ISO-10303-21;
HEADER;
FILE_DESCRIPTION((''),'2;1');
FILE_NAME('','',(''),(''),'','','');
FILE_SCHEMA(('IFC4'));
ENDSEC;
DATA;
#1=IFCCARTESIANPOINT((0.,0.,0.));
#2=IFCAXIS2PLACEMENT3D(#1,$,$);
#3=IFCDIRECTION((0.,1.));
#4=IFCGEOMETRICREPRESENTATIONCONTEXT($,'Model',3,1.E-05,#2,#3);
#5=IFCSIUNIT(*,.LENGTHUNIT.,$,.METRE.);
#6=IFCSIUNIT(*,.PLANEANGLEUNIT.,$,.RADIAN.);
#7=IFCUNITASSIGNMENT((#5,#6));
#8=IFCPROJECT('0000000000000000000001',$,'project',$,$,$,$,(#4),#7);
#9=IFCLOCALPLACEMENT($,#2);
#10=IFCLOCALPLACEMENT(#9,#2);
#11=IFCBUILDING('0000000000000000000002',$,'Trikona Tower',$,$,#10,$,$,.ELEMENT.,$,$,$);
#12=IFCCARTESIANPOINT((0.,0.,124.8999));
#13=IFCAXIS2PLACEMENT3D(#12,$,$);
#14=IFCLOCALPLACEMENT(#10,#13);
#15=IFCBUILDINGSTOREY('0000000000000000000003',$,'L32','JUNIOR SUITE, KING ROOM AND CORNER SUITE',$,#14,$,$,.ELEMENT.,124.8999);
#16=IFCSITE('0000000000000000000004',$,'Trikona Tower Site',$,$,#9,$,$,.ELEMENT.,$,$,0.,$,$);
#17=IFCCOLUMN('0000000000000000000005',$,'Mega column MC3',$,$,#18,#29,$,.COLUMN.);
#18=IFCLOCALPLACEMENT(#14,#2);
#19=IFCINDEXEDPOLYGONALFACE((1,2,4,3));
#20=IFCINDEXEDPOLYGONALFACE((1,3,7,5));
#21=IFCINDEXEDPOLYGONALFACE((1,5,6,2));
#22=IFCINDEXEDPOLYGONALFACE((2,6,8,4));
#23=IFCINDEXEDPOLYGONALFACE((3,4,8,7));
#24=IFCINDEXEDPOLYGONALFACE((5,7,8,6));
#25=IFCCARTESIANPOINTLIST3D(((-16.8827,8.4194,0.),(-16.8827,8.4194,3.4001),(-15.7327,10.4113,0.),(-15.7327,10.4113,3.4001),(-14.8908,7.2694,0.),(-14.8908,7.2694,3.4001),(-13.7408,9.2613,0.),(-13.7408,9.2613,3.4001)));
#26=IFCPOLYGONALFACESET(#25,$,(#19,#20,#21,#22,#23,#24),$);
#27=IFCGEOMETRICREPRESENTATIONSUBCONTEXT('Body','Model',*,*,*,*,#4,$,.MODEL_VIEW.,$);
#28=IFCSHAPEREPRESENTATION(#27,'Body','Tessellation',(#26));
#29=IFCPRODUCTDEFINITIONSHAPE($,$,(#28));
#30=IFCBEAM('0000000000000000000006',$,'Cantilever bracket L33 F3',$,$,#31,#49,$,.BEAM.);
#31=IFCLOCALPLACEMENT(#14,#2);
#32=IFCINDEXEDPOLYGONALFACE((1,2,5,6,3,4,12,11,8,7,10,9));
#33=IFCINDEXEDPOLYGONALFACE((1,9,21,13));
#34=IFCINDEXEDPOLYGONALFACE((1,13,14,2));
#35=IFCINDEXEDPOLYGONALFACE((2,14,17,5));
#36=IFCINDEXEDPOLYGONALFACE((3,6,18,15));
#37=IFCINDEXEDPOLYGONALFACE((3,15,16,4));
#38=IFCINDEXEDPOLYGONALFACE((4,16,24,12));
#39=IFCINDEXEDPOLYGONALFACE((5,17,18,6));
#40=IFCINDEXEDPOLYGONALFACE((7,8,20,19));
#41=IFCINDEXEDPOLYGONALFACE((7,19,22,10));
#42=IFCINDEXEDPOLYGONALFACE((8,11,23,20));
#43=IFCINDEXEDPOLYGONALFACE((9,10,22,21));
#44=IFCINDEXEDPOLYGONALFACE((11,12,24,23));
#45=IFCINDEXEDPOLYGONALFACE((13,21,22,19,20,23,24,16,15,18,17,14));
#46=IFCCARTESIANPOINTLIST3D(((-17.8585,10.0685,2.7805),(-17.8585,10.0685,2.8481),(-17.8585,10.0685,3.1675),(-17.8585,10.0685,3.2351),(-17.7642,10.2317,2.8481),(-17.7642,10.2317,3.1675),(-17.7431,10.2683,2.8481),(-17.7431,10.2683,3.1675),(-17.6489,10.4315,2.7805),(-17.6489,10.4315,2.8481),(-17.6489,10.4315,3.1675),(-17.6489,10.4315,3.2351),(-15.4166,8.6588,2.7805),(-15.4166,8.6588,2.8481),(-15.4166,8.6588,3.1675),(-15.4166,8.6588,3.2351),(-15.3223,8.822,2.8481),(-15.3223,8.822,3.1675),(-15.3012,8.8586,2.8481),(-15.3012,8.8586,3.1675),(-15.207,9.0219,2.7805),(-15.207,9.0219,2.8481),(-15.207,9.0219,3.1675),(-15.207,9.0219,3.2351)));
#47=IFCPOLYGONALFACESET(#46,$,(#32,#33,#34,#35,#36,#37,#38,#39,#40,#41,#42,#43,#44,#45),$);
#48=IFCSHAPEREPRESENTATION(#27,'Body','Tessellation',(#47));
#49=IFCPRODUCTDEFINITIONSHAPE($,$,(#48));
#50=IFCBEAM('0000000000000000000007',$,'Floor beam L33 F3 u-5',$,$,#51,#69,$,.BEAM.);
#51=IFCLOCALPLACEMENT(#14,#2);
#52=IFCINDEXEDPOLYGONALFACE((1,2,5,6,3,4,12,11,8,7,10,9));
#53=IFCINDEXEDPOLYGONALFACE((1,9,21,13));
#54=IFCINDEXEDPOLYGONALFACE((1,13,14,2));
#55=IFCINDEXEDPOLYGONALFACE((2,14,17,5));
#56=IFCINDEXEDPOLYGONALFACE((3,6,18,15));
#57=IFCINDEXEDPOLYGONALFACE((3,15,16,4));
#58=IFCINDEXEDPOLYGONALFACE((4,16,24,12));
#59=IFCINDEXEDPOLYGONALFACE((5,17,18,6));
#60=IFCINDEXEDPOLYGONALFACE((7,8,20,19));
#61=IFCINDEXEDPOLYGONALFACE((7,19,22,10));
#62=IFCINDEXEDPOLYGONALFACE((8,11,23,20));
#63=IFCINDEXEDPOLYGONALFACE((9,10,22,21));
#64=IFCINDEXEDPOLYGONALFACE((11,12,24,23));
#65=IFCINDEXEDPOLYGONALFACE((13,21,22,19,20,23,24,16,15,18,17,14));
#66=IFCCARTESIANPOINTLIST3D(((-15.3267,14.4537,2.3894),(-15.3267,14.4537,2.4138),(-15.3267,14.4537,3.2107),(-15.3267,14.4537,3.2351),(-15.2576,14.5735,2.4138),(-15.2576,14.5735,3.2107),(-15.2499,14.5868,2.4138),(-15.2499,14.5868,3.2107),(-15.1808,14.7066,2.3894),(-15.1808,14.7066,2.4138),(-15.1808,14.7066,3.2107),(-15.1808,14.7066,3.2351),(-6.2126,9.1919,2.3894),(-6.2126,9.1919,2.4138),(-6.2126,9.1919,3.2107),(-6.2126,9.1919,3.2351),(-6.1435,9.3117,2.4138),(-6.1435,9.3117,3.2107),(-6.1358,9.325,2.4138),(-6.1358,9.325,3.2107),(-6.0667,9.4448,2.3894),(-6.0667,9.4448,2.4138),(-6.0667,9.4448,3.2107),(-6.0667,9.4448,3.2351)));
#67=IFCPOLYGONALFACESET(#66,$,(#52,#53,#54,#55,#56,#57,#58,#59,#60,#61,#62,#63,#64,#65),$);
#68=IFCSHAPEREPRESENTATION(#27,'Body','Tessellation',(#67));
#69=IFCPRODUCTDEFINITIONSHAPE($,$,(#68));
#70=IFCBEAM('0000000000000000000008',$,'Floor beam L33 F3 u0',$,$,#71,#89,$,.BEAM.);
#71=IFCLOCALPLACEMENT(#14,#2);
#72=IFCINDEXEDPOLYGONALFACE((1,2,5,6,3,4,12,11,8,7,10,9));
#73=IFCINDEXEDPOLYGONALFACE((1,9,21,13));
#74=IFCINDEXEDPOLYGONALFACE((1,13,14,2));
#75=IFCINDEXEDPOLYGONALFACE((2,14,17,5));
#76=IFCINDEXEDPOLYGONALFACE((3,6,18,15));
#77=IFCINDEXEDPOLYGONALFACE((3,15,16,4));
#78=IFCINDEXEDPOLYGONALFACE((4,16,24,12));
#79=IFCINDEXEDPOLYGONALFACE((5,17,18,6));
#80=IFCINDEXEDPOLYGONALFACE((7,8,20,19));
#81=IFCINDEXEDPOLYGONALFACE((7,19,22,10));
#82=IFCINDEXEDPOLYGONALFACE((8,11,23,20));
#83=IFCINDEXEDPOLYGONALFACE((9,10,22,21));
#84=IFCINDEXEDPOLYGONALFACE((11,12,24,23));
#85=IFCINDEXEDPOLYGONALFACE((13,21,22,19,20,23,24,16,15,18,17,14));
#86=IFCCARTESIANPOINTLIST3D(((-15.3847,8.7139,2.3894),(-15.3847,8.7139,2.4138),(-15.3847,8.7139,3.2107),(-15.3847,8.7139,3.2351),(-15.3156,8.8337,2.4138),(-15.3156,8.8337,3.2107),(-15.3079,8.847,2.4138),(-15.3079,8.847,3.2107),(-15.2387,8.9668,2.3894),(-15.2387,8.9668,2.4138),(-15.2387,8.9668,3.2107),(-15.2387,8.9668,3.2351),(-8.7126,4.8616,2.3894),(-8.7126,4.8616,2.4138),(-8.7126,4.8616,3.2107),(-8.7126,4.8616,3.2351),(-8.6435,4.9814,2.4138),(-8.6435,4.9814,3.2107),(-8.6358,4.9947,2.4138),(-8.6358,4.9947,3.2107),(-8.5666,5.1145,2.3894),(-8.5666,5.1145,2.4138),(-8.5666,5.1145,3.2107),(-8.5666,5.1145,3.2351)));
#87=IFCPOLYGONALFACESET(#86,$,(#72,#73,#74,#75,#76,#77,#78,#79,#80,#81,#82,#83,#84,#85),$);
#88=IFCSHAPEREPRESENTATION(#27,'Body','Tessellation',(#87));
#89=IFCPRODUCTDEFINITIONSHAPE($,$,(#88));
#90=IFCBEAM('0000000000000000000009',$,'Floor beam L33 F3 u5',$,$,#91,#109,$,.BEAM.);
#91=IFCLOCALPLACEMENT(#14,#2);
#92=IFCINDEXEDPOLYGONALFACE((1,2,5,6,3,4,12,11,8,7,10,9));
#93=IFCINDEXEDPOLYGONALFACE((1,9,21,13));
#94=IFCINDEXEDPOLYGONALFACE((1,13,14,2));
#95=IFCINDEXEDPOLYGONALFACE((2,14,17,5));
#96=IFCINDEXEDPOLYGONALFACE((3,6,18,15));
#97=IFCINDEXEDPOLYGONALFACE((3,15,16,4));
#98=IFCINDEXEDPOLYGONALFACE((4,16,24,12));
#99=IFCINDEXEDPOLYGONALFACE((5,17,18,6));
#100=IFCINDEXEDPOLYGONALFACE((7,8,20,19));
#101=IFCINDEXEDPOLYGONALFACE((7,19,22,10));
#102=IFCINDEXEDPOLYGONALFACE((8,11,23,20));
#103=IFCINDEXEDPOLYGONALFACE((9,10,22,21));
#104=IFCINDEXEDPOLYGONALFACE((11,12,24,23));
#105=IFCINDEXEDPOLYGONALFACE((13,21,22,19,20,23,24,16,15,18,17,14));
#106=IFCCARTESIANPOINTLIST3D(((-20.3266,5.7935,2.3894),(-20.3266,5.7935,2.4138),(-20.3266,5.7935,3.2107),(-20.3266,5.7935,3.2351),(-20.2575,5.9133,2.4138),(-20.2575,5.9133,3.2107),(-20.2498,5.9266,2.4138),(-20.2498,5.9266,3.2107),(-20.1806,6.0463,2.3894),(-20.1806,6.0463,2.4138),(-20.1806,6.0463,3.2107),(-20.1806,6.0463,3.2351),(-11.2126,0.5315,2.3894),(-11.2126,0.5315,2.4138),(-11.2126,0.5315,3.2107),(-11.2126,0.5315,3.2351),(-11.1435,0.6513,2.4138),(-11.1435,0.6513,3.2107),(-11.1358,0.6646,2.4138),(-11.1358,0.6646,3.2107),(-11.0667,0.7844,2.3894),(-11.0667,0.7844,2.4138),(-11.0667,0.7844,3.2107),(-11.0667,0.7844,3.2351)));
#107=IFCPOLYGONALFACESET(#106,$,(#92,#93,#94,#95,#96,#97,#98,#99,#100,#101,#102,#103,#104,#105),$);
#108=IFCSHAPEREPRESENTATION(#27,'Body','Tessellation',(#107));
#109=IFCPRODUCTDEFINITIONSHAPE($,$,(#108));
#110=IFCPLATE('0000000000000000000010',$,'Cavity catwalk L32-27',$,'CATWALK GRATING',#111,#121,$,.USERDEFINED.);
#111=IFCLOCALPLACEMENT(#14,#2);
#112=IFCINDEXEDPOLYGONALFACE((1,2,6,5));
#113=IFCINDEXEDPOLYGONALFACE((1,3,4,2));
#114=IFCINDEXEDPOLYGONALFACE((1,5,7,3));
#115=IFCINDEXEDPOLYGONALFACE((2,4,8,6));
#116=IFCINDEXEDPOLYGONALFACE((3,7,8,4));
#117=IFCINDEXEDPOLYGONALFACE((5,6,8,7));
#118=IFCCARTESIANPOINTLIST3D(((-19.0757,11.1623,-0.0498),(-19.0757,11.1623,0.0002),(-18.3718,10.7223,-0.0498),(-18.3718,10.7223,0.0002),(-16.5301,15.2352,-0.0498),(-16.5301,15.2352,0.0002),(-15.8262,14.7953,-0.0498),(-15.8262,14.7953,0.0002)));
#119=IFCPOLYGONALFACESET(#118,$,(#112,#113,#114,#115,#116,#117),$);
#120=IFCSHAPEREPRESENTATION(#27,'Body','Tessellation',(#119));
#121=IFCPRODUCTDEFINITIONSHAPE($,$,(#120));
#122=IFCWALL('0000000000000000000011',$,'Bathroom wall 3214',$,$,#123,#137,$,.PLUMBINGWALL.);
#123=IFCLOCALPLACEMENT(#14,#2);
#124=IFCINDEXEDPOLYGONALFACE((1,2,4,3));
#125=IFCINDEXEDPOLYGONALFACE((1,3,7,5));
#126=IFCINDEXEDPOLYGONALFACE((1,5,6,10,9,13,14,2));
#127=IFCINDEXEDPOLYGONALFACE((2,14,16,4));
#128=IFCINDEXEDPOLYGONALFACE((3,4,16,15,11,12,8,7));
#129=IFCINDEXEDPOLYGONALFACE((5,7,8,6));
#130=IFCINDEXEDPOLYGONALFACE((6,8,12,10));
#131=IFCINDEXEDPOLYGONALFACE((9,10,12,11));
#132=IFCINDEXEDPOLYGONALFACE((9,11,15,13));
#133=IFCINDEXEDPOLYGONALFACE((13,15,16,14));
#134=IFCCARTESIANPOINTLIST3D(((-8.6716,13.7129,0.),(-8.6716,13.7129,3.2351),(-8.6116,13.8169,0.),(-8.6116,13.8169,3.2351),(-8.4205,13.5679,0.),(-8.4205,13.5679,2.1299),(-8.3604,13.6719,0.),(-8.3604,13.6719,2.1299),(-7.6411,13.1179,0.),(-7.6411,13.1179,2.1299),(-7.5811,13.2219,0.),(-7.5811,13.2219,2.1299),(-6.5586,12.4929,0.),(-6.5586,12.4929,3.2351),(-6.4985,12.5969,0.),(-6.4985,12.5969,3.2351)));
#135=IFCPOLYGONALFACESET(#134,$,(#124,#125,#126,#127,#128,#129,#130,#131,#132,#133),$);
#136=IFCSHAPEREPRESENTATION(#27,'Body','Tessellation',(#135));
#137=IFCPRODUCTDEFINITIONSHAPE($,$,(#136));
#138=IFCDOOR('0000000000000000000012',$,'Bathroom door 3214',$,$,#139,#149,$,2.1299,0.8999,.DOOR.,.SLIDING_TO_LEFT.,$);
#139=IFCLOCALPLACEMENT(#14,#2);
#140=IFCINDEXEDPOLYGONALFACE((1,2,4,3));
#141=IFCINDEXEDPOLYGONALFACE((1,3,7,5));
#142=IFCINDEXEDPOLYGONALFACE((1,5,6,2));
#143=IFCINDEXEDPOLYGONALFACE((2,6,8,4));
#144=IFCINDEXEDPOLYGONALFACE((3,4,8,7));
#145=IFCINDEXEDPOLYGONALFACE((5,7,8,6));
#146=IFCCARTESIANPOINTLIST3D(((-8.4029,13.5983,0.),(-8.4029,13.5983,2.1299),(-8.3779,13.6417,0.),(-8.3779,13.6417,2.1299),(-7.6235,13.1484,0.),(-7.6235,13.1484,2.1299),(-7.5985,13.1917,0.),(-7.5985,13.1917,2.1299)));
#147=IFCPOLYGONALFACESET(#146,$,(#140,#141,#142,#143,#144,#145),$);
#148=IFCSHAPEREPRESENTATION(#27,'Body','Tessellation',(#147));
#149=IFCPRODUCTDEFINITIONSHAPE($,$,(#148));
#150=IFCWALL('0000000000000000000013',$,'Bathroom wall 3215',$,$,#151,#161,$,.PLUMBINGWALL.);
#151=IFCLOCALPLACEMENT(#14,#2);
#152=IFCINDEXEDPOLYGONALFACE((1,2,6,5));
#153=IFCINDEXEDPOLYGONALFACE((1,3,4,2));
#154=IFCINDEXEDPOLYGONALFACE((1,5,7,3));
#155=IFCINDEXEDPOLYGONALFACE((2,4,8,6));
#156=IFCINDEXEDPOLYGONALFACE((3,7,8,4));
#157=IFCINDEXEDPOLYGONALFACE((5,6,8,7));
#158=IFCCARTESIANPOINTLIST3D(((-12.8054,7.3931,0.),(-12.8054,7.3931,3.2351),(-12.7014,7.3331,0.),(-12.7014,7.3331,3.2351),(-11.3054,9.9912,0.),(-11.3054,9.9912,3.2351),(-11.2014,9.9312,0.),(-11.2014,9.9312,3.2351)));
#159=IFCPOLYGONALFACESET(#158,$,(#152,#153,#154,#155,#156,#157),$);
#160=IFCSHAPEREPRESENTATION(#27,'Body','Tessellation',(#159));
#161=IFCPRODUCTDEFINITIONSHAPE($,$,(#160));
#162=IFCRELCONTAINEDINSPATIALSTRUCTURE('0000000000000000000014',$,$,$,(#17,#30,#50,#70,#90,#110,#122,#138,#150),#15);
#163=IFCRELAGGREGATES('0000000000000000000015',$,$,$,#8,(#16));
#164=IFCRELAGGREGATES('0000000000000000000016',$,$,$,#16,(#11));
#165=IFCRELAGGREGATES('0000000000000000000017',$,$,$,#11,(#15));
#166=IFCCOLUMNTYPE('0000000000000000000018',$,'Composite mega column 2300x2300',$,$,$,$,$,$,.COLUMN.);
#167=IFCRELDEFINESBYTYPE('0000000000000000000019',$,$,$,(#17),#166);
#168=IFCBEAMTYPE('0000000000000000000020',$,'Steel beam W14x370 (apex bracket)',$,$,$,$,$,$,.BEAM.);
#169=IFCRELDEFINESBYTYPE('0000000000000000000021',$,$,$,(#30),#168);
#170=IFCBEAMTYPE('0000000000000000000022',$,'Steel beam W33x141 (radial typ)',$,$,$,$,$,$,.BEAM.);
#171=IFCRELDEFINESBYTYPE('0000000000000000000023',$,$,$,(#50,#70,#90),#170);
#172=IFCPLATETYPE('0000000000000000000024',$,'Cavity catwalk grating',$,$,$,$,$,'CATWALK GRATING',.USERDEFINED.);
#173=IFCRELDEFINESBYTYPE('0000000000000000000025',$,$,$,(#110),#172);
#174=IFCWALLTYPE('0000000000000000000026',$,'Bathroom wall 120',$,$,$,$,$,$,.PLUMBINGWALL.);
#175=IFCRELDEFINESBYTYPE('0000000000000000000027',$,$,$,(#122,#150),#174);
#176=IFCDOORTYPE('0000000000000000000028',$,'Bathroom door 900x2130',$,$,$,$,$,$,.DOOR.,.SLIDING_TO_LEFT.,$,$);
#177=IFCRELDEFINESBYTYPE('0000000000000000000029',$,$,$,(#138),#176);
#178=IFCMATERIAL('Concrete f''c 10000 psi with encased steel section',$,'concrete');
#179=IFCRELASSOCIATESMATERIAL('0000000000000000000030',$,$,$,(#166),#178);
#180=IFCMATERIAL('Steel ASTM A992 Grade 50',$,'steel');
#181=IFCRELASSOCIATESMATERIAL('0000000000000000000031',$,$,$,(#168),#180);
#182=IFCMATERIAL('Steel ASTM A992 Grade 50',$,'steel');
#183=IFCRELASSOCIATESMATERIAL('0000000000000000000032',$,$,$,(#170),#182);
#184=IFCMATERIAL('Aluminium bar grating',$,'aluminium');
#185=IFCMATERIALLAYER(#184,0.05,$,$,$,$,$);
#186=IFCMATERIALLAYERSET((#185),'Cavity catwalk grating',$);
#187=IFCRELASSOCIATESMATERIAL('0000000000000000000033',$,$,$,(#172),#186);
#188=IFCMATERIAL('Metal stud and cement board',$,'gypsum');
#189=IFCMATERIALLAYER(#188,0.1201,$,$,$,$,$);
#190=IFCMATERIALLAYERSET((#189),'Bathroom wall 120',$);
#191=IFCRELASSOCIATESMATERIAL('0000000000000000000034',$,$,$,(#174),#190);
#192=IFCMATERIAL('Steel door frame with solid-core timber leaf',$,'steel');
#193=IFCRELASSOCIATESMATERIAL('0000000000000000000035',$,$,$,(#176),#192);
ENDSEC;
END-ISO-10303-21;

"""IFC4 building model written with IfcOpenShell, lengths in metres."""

from ifc_helpers import new_model, si_unit, direction, frame, frame_2d, origin, origin_2d, place, context, subcontext, project, spatial, rectangle, i_section, extrude, material, layer, layer_set, material_profile, profile_set, type_object, element, fill, save


model = new_model("IFC4")

# Units and contexts
model_context = context("Model", 3, precision=1e-05, world=origin(), true_north=direction((0.0, 1.0)))
body_context = subcontext(model_context, "Body", "Model", "MODEL_VIEW")
ifc_project = project(units=[si_unit("LENGTHUNIT", "METRE"), si_unit("PLANEANGLEUNIT", "RADIAN")], contexts=[model_context])

# Site, building, storey
site_placement = place(None, origin())
site = spatial("IfcSite", under=ifc_project, at=site_placement, Name="Trikona Tower Site", CompositionType="ELEMENT", RefElevation=0.0)
building_placement = place(site_placement, origin())
building = spatial("IfcBuilding", under=site, at=building_placement, Name="Trikona Tower", CompositionType="ELEMENT")
storey_placement = place(building_placement, frame((0.0, 0.0, 124.8999)))
storey = spatial("IfcBuildingStorey", under=building, at=storey_placement, Name="L32", Description="JUNIOR SUITE, KING ROOM AND CORNER SUITE", CompositionType="ELEMENT", Elevation=124.8999)

# Column
ifc_material_1 = material(Name="Concrete f'c 10000 psi with encased steel section", Category="concrete")
ifc_material_profile_1 = material_profile(ifc_material_1, rectangle(XDim=2.3, YDim=2.3, at=origin_2d()), Name="MC2300")
ifc_profile_set_1 = profile_set([ifc_material_profile_1], Name="Concrete f'c 10000 psi with encased steel section")
column_type = type_object("IfcColumnType", Name="Composite mega column 2300x2300", PredefinedType="COLUMN", material=ifc_profile_set_1)
column_placement = place(storey_placement, frame((-15.3118, 8.8403, 0.0), z_axis=(0.0, 0.0, 1.0), x_axis=(-0.866025, 0.5, 0.0)))
element("IfcColumn", 1, at=column_placement, inside=storey, type_object=column_type, Name="Mega column MC3", PredefinedType="COLUMN", context=body_context, shape_type="SweptSolid", body=[
    extrude(rectangle(XDim=2.3, YDim=2.3, at=origin_2d()), origin(), (0.0, 0.0, 1.0), 3.4001),
])

# Beams
ifc_material_2 = material(Name="Steel ASTM A992 Grade 50", Category="steel")
ifc_material_profile_2 = material_profile(ifc_material_2, i_section(OverallWidth=0.4192, OverallDepth=0.4546, WebThickness=0.0422, FlangeThickness=0.0676, at=origin_2d()), Name="W14X370")
ifc_profile_set_2 = profile_set([ifc_material_profile_2], Name="Steel ASTM A992 Grade 50")
beam_type_1 = type_object("IfcBeamType", Name="Steel beam W14x370 (apex bracket)", PredefinedType="BEAM", material=ifc_profile_set_2)
beam_1_placement = place(storey_placement, frame((-15.3118, 8.8403, 3.0078), z_axis=(-0.86605, 0.499957, 0.0), x_axis=(-0.499957, -0.86605, 0.0)))
element("IfcBeam", 2, at=beam_1_placement, inside=storey, type_object=beam_type_1, Name="Cantilever bracket L33 F3", PredefinedType="BEAM", context=body_context, shape_type="SweptSolid", body=[
    extrude(i_section(OverallWidth=0.4192, OverallDepth=0.4546, WebThickness=0.0422, FlangeThickness=0.0676, at=origin_2d()), origin(), (0.0, 0.0, 1.0), 2.8196),
])
ifc_material_3 = material(Name="Steel ASTM A992 Grade 50", Category="steel")
ifc_material_profile_3 = material_profile(ifc_material_3, i_section(OverallWidth=0.292, OverallDepth=0.8457, WebThickness=0.0154, FlangeThickness=0.0244, at=origin_2d()), Name="W33X141")
ifc_profile_set_3 = profile_set([ifc_material_profile_3], Name="Steel ASTM A992 Grade 50")
beam_type_2 = type_object("IfcBeamType", Name="Steel beam W33x141 (radial typ)", PredefinedType="BEAM", material=ifc_profile_set_3)
beam_2_placement = place(storey_placement, frame((-6.1396, 9.3184, 2.8123), z_axis=(-0.866036, 0.499982, 0.0), x_axis=(-0.499982, -0.866036, 0.0)))
element("IfcBeam", 3, at=beam_2_placement, inside=storey, type_object=beam_type_2, Name="Floor beam L33 F3 u-5", PredefinedType="BEAM", context=body_context, shape_type="SweptSolid", body=[
    extrude(i_section(OverallWidth=0.292, OverallDepth=0.8457, WebThickness=0.0154, FlangeThickness=0.0244, at=origin_2d()), origin(), (0.0, 0.0, 1.0), 10.5239),
])
beam_3_placement = place(storey_placement, frame((-8.6396, 4.988, 2.8123), z_axis=(-0.866017, 0.500014, 0.0), x_axis=(-0.500014, -0.866017, 0.0)))
element("IfcBeam", 4, at=beam_3_placement, inside=storey, type_object=beam_type_2, Name="Floor beam L33 F3 u0", PredefinedType="BEAM", context=body_context, shape_type="SweptSolid", body=[
    extrude(i_section(OverallWidth=0.292, OverallDepth=0.8457, WebThickness=0.0154, FlangeThickness=0.0244, at=origin_2d()), origin(), (0.0, 0.0, 1.0), 7.7043),
])
beam_4_placement = place(storey_placement, frame((-11.1396, 0.658, 2.8123), z_axis=(-0.866026, 0.499999, 0.0), x_axis=(-0.499999, -0.866026, 0.0)))
element("IfcBeam", 5, at=beam_4_placement, inside=storey, type_object=beam_type_2, Name="Floor beam L33 F3 u5", PredefinedType="BEAM", context=body_context, shape_type="SweptSolid", body=[
    extrude(i_section(OverallWidth=0.292, OverallDepth=0.8457, WebThickness=0.0154, FlangeThickness=0.0244, at=origin_2d()), origin(), (0.0, 0.0, 1.0), 10.5239),
])

# Plate
ifc_material_4 = material(Name="Aluminium bar grating", Category="aluminium")
ifc_layer_1 = layer(ifc_material_4, 0.05)
ifc_layer_set_1 = layer_set([ifc_layer_1], Name="Cavity catwalk grating")
plate_type = type_object("IfcPlateType", Name="Cavity catwalk grating", ElementType="CATWALK GRATING", PredefinedType="USERDEFINED", material=ifc_layer_set_1)
plate_placement = place(storey_placement, frame((-17.4509, 12.9788, -0.0498), z_axis=(0.0, 0.0, 1.0), x_axis=(-0.529995, -0.848001, 0.0)))
element("IfcPlate", 6, at=plate_placement, inside=storey, type_object=plate_type, Name="Cavity catwalk L32-27", ObjectType="CATWALK GRATING", PredefinedType="USERDEFINED", context=body_context, shape_type="SweptSolid", body=[
    extrude(rectangle(XDim=4.803, YDim=0.8301, at=origin_2d()), origin(), (0.0, 0.0, 1.0), 0.05),
])

# Wall, opening, door
ifc_material_5 = material(Name="Metal stud and cement board", Category="gypsum")
ifc_layer_2 = layer(ifc_material_5, 0.1201)
ifc_layer_set_2 = layer_set([ifc_layer_2], Name="Bathroom wall 120")
wall_type_1 = type_object("IfcWallType", Name="Bathroom wall 120", PredefinedType="PLUMBINGWALL", material=ifc_layer_set_2)
wall_1_placement = place(storey_placement, frame((-6.5286, 12.5449, 0.0), z_axis=(0.0, 0.0, 1.0), x_axis=(-0.866024, 0.500003, 0.0)))
wall_1 = element("IfcWall", 7, at=wall_1_placement, inside=storey, type_object=wall_type_1, Name="Bathroom wall 3214", PredefinedType="PLUMBINGWALL", context=body_context, shape_type="SweptSolid", body=[
    extrude(rectangle(XDim=2.4399, YDim=0.1201, at=frame_2d((1.22, 0.0))), origin(), (0.0, 0.0, 1.0), 3.2351),
])
opening_1_placement = place(wall_1_placement, frame((1.25, 0.0, 0.0)))
opening_1 = element("IfcOpeningElement", 8, at=opening_1_placement, cuts=wall_1, PredefinedType="OPENING", context=body_context, shape_type="SweptSolid", body=[
    extrude(rectangle(XDim=0.8999, YDim=2.1299, at=frame_2d((0.45, 1.0649))), frame((0.0, 0.0701, 0.0), z_axis=(0.0, -1.0, 0.0), x_axis=(1.0, 0.0, 0.0)), (0.0, 0.0, 1.0), 0.1401),
])
ifc_material_6 = material(Name="Steel door frame with solid-core timber leaf", Category="steel")
door_type_1 = type_object("IfcDoorType", Name="Bathroom door 900x2130", OperationType="SLIDING_TO_LEFT", PredefinedType="DOOR", material=ifc_material_6)
door_1_placement = place(opening_1_placement, origin())
door_1 = element("IfcDoor", 9, at=door_1_placement, inside=storey, type_object=door_type_1, Name="Bathroom door 3214", OperationType="SLIDING_TO_LEFT", OverallHeight=2.1299, OverallWidth=0.8999, PredefinedType="DOOR", context=body_context, shape_type="SweptSolid", body=[
    extrude(rectangle(XDim=0.8999, YDim=2.1299, at=frame_2d((0.45, 1.0649))), frame((0.0, 0.0249, 0.0), z_axis=(0.0, -1.0, 0.0), x_axis=(1.0, 0.0, 0.0)), (0.0, 0.0, 1.0), 0.05),
])
fill(opening_1, door_1)

# Wall
wall_2_placement = place(storey_placement, frame((-11.2534, 9.9612, 0.0), z_axis=(0.0, 0.0, 1.0), x_axis=(-0.49999, -0.866031, 0.0)))
element("IfcWall", 10, at=wall_2_placement, inside=storey, type_object=wall_type_1, Name="Bathroom wall 3215", PredefinedType="PLUMBINGWALL", context=body_context, shape_type="SweptSolid", body=[
    extrude(rectangle(XDim=3.0, YDim=0.1201, at=frame_2d((1.5, 0.0))), origin(), (0.0, 0.0, 1.0), 3.2351),
])

save(model, "model.ifc")
